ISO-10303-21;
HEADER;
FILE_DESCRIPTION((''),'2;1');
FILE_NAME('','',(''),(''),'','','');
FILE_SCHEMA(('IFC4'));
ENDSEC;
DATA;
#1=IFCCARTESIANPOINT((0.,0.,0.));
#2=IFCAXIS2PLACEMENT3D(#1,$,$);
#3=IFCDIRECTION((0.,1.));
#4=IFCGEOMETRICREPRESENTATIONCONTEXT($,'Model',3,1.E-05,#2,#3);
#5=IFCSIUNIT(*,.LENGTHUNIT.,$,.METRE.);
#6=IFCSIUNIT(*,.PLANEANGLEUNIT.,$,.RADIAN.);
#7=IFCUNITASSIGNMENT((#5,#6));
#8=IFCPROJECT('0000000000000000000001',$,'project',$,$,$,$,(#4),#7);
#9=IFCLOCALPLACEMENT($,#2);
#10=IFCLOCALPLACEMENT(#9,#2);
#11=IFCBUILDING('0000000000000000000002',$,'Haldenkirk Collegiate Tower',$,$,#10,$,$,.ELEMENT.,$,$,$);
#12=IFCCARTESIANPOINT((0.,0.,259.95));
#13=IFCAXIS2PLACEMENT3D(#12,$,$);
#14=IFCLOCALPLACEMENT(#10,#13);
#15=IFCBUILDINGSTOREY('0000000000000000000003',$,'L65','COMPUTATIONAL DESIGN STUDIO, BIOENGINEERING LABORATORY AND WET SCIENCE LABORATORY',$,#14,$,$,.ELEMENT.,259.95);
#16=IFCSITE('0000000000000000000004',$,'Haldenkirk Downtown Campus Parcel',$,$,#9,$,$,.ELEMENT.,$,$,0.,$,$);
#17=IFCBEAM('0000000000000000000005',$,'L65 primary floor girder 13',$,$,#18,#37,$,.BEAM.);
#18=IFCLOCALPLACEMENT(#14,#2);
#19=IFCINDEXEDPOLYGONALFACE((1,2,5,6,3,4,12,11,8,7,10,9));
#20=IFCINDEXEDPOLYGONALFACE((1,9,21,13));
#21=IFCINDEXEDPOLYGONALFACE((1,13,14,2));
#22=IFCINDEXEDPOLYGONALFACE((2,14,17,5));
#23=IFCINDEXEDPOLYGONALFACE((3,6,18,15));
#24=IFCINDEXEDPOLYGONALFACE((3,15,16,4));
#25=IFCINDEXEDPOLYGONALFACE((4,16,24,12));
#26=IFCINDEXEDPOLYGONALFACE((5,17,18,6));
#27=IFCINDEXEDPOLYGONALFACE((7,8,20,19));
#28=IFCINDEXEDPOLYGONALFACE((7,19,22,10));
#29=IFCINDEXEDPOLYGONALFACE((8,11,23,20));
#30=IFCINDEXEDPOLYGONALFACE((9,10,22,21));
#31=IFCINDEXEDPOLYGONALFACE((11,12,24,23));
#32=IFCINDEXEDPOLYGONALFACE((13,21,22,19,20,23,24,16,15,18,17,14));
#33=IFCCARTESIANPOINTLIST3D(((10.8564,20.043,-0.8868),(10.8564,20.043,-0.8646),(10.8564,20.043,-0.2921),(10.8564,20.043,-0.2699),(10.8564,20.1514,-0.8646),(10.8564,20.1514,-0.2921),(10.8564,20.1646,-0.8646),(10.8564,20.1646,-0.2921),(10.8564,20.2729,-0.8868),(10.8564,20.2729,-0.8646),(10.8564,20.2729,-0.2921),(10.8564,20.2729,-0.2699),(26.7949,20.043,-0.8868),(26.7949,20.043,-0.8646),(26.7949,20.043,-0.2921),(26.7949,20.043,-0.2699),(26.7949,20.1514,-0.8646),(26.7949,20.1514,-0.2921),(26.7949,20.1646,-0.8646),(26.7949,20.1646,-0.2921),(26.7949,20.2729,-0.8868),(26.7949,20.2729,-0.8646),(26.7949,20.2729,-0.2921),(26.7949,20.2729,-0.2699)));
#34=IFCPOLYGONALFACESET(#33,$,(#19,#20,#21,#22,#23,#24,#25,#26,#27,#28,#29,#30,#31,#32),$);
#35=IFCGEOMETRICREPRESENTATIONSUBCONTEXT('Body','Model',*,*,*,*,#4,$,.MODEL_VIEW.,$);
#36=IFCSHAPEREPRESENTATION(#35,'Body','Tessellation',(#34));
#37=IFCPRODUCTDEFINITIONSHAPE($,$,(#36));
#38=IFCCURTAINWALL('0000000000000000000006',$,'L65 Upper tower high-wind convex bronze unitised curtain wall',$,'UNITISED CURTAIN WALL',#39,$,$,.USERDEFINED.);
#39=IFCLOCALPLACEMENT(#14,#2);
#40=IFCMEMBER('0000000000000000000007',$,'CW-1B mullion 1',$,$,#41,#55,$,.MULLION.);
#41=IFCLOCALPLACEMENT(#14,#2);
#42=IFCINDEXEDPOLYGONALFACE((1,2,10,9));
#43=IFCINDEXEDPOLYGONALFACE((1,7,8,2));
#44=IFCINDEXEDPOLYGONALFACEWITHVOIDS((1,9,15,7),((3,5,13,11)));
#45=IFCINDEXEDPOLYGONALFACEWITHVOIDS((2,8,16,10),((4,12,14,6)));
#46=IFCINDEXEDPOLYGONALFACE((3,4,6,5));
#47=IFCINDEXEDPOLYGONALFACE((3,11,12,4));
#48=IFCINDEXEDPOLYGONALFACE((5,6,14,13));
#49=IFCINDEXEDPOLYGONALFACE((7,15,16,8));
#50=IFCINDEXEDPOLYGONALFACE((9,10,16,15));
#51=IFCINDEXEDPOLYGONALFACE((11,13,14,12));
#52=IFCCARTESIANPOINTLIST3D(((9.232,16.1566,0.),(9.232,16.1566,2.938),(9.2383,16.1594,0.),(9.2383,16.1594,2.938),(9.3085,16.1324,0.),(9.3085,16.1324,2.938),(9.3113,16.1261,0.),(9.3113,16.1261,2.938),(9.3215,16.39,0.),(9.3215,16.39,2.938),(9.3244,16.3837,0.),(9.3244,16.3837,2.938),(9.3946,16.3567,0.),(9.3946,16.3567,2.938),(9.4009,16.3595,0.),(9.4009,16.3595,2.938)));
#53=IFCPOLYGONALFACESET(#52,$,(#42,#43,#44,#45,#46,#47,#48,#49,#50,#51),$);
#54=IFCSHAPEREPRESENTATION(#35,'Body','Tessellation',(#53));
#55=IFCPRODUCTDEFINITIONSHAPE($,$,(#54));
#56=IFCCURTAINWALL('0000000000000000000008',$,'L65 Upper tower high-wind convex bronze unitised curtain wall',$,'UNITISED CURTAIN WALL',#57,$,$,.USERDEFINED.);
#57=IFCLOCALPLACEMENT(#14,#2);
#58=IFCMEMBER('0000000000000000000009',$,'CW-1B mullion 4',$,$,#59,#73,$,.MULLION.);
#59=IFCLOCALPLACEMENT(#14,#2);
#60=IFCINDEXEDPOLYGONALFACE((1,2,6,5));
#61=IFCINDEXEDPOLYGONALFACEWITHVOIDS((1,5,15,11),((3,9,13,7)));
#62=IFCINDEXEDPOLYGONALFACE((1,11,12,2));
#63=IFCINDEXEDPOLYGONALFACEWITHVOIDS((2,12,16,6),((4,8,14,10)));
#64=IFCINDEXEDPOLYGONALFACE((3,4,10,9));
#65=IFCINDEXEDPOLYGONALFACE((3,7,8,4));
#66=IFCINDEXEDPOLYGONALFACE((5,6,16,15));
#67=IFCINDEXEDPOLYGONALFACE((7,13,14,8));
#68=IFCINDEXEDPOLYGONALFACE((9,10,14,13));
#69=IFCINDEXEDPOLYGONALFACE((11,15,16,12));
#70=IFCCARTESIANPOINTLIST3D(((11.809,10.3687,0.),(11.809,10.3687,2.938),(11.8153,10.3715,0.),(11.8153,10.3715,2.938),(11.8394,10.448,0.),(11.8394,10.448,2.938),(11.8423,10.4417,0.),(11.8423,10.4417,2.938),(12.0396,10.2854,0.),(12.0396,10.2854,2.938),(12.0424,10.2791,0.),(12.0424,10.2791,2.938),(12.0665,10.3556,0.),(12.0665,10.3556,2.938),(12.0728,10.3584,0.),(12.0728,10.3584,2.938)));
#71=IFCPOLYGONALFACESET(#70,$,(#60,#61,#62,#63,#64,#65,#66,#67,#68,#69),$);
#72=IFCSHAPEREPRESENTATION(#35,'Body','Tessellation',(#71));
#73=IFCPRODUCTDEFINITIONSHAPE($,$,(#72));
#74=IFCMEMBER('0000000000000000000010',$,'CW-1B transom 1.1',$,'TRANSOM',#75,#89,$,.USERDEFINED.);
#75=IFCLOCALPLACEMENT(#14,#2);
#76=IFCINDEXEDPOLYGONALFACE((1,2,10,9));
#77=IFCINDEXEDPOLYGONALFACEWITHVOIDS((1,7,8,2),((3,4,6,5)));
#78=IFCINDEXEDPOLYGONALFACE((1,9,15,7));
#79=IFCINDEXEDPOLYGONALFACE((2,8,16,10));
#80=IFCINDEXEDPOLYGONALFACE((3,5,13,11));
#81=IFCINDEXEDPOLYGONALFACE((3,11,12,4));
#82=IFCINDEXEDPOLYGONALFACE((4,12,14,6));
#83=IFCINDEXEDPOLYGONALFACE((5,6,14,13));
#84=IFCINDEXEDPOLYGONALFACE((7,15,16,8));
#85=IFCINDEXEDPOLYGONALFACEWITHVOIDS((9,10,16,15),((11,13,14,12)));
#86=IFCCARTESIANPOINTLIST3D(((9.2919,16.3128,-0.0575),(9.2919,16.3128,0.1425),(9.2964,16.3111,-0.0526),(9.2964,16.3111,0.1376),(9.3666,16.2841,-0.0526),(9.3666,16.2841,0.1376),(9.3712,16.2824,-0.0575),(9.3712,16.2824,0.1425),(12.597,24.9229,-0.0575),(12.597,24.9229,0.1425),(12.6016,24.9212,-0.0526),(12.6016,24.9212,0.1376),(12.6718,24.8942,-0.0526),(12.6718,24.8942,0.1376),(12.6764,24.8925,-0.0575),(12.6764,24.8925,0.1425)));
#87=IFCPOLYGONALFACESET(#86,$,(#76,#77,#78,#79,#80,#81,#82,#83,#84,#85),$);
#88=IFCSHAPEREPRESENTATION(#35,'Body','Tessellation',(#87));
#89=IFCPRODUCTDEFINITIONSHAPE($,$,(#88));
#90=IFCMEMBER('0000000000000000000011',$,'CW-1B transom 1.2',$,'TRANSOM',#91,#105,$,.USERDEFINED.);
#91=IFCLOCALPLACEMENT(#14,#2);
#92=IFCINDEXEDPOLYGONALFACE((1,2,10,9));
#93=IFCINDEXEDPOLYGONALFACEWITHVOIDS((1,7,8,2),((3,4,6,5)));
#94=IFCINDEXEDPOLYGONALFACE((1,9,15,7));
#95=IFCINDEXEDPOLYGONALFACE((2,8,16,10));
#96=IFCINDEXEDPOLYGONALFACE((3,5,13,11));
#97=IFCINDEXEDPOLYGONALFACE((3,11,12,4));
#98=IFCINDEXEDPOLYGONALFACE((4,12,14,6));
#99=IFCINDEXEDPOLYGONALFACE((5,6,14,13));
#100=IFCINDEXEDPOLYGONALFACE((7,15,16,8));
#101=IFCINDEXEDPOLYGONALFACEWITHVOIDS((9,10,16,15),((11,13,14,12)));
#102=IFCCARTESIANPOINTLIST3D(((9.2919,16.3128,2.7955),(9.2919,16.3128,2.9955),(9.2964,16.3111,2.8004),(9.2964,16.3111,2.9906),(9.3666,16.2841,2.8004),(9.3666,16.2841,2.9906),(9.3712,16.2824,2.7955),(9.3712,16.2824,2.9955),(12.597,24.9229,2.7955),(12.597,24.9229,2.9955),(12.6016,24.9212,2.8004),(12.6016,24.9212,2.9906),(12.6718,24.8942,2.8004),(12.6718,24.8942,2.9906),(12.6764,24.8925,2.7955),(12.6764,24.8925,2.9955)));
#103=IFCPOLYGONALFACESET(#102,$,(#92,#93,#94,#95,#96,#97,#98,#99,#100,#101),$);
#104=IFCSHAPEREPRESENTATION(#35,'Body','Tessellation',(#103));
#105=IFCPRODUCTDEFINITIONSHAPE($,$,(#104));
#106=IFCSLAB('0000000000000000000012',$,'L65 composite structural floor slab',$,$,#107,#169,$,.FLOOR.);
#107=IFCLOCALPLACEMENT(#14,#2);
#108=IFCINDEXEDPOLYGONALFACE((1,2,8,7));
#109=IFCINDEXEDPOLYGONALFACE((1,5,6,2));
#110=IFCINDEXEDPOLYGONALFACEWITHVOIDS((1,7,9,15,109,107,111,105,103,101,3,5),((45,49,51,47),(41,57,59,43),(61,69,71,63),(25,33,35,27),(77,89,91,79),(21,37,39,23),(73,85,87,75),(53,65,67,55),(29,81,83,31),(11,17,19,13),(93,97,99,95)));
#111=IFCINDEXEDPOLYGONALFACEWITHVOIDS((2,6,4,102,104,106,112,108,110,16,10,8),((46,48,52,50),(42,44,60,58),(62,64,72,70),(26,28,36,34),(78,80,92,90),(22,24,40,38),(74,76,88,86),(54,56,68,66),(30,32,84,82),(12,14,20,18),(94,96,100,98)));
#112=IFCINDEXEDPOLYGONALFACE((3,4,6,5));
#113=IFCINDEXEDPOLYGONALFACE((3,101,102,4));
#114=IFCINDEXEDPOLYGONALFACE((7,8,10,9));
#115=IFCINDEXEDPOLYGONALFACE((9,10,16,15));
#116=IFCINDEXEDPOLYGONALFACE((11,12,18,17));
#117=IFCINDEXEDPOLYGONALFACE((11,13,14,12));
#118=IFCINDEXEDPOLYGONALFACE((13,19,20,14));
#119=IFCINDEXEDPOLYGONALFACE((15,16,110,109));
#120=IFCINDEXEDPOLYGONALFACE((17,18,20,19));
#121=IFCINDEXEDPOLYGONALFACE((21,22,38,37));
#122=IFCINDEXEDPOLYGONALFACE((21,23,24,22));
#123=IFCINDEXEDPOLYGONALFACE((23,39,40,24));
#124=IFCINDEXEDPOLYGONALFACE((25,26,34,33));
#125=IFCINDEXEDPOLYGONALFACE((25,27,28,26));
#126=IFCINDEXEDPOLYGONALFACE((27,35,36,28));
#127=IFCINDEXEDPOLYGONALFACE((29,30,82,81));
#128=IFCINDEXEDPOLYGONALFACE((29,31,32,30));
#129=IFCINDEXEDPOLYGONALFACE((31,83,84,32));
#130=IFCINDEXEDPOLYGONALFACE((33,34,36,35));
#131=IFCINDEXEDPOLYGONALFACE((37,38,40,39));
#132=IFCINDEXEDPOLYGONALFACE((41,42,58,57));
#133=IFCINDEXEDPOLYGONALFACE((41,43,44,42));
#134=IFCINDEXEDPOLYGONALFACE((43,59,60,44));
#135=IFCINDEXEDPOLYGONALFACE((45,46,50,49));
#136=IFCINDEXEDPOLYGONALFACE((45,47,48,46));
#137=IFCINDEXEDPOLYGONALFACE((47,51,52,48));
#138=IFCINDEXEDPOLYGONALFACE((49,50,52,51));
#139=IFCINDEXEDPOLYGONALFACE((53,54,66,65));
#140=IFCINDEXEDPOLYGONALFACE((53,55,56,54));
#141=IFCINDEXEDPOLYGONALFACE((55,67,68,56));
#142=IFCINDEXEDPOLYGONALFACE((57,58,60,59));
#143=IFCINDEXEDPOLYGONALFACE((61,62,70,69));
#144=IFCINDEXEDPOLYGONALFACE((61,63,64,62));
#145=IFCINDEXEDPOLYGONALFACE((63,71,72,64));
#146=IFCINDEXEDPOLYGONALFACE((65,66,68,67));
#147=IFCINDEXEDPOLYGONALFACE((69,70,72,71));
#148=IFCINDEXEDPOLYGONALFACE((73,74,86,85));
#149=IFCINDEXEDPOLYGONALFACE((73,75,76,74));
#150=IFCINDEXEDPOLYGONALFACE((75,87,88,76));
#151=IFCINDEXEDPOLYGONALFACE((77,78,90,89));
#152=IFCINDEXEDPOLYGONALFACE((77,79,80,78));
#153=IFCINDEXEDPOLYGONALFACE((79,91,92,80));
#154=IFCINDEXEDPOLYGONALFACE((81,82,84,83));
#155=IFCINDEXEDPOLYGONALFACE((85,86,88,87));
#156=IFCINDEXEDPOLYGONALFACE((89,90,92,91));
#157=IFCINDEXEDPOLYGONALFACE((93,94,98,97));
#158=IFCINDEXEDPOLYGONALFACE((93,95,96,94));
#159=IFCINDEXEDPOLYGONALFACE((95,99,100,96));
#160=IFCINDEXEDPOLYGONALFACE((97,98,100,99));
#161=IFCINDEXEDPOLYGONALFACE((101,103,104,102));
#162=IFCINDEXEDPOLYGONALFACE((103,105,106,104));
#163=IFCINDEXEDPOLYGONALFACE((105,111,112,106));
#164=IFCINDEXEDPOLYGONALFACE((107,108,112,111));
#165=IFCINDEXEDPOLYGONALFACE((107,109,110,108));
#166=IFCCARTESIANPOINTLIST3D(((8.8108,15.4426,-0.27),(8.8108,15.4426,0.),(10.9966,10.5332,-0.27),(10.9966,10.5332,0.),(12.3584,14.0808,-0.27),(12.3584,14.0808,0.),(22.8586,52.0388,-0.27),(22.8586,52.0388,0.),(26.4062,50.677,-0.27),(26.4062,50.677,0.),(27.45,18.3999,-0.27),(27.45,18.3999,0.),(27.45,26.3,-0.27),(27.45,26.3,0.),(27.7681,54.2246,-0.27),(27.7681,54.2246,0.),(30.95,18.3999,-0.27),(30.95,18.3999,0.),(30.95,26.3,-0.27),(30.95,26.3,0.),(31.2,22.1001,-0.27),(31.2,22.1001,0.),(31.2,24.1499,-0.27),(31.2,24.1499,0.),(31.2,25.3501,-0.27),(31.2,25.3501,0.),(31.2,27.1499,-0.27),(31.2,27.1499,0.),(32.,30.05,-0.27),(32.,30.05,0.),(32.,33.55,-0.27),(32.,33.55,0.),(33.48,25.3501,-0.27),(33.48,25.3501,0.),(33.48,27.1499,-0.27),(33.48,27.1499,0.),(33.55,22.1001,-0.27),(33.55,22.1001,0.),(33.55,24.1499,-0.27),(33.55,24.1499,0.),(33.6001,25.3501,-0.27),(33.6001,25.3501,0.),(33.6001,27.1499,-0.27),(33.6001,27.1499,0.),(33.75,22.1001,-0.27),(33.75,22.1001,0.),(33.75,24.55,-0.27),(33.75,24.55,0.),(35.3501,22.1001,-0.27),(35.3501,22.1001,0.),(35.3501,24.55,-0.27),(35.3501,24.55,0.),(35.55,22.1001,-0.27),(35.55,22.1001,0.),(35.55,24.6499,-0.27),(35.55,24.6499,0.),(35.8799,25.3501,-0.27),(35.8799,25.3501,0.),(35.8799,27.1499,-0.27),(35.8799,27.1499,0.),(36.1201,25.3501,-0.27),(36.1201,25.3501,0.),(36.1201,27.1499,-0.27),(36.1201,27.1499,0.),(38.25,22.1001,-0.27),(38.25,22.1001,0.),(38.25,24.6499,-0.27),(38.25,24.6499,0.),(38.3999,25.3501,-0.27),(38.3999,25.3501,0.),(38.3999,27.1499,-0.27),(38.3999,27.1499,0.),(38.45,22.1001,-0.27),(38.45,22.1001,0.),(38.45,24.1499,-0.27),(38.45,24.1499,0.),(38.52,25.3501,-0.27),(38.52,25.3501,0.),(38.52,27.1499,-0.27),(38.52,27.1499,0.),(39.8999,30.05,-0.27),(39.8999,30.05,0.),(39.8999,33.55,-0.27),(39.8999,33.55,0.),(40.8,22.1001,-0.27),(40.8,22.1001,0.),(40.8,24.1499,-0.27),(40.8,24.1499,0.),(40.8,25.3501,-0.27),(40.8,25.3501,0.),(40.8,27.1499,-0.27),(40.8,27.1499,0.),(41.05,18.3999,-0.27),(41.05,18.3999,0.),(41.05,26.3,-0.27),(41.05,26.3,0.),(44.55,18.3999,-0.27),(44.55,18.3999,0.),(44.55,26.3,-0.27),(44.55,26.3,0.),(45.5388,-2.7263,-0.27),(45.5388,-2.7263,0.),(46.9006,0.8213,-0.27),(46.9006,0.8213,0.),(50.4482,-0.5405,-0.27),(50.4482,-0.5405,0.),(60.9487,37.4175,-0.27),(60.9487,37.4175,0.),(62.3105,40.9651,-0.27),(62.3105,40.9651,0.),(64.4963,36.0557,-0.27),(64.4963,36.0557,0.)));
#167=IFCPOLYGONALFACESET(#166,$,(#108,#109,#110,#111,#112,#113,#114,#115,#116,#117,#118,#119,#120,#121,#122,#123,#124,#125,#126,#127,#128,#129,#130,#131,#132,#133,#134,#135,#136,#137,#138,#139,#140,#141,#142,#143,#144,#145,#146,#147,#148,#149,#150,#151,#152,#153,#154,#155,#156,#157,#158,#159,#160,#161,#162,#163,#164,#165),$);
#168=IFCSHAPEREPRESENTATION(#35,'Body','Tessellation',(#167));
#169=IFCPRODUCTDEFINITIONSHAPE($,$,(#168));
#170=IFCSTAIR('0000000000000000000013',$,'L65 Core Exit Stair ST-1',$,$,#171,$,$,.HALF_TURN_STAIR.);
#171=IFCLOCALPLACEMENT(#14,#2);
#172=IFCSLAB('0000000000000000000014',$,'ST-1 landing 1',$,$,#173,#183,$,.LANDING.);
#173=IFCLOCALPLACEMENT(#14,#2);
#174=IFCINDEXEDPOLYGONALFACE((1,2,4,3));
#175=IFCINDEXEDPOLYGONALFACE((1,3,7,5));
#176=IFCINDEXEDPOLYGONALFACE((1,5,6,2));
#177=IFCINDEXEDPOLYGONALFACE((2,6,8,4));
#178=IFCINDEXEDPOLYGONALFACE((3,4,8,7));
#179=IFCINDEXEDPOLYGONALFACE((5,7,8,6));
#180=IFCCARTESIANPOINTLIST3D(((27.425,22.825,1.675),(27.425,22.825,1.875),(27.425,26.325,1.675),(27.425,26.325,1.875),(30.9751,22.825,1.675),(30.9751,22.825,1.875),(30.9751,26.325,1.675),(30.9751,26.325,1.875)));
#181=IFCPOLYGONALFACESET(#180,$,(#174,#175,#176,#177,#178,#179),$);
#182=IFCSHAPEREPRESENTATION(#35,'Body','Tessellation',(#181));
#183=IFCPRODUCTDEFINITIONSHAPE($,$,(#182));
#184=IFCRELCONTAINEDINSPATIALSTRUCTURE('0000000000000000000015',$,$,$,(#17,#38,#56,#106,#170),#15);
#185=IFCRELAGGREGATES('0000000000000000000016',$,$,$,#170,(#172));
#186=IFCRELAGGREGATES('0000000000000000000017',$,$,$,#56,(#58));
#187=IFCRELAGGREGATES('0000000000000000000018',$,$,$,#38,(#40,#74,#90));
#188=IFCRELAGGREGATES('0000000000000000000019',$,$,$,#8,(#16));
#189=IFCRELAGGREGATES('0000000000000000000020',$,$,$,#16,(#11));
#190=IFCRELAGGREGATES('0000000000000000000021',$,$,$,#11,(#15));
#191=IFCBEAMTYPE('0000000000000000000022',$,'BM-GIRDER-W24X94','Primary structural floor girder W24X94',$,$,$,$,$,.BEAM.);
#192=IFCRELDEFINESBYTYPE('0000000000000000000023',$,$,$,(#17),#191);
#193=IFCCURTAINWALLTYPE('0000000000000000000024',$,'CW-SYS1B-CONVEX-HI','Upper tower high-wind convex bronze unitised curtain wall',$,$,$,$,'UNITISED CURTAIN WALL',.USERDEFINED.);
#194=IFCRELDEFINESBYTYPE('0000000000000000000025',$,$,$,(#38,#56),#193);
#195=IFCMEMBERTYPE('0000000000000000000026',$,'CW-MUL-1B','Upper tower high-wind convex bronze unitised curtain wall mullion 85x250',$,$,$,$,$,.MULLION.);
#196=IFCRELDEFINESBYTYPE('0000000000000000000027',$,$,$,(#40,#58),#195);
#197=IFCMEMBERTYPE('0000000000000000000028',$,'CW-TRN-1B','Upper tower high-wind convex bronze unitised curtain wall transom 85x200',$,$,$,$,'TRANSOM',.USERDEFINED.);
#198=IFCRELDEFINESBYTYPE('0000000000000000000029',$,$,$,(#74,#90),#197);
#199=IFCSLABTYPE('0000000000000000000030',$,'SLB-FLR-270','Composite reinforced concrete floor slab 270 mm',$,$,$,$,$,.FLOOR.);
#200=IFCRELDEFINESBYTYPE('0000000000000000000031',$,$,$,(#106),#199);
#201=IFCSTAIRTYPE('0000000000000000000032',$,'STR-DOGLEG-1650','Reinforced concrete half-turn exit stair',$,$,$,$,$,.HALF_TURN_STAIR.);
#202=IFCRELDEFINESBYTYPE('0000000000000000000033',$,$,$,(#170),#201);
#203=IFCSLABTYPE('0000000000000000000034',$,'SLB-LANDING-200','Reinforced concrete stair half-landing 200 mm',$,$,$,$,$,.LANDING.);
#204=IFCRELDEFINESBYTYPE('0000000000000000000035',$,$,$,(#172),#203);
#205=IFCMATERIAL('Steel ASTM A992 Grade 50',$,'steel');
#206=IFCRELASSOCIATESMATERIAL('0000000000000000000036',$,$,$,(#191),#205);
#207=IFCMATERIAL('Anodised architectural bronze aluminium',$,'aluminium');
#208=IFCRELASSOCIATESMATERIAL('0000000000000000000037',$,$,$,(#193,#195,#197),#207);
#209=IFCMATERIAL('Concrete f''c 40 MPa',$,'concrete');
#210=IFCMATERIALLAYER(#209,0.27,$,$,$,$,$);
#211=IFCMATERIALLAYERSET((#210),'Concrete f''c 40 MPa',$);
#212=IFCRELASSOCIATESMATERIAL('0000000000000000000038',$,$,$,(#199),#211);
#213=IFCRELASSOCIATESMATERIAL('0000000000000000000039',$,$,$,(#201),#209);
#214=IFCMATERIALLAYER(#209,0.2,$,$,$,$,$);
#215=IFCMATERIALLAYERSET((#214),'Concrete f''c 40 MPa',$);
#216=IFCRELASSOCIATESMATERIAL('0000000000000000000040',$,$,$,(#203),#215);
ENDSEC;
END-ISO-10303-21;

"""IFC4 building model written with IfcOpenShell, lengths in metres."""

from ifc_helpers import new_model, si_unit, direction, frame, origin, origin_2d, place, context, subcontext, project, spatial, polyline, hollow_rectangle, i_section, outline, extrude, material, layer, layer_set, material_profile, profile_set, type_object, element, aggregate, save


model = new_model("IFC4")

# Units and contexts
model_context = context("Model", 3, precision=1e-05, world=origin(), true_north=direction((0.0, 1.0)))
body_context = subcontext(model_context, "Body", "Model", "MODEL_VIEW")
ifc_project = project(units=[si_unit("LENGTHUNIT", "METRE"), si_unit("PLANEANGLEUNIT", "RADIAN")], contexts=[model_context])

# Site, building, storey
site_placement = place(None, origin())
site = spatial("IfcSite", under=ifc_project, at=site_placement, Name="Haldenkirk Downtown Campus Parcel", CompositionType="ELEMENT", RefElevation=0.0)
building_placement = place(site_placement, origin())
building = spatial("IfcBuilding", under=site, at=building_placement, Name="Haldenkirk Collegiate Tower", CompositionType="ELEMENT")
storey_placement = place(building_placement, frame((0.0, 0.0, 259.95)))
storey = spatial("IfcBuildingStorey", under=building, at=storey_placement, Name="L65", Description="COMPUTATIONAL DESIGN STUDIO, BIOENGINEERING LABORATORY AND WET SCIENCE LABORATORY", CompositionType="ELEMENT", Elevation=259.95)

# Beam
ifc_material_1 = material(Name="Steel ASTM A992 Grade 50", Category="steel")
ifc_material_profile_1 = material_profile(ifc_material_1, i_section(OverallWidth=0.23, OverallDepth=0.6169, WebThickness=0.0132, FlangeThickness=0.0222, at=origin_2d()), Name="W24X94")
ifc_profile_set_1 = profile_set([ifc_material_profile_1], Name="Steel ASTM A992 Grade 50")
beam_type = type_object("IfcBeamType", Name="BM-GIRDER-W24X94", Description="Primary structural floor girder W24X94", PredefinedType="BEAM", material=ifc_profile_set_1)
beam_placement = place(storey_placement, frame((10.8564, 20.158, -0.5784), z_axis=(1.0, 0.0, 0.0), x_axis=(0.0, 1.0, 0.0)))
element("IfcBeam", 1, at=beam_placement, inside=storey, type_object=beam_type, Name="L65 primary floor girder 13", PredefinedType="BEAM", context=body_context, shape_type="SweptSolid", body=[
    extrude(i_section(OverallWidth=0.23, OverallDepth=0.6169, WebThickness=0.0132, FlangeThickness=0.0222, at=origin_2d()), origin(), (0.0, 0.0, 1.0), 15.9385),
])

# Curtain walls, members
ifc_material_2 = material(Name="Anodised architectural bronze aluminium", Category="aluminium")
curtain_wall_type = type_object("IfcCurtainWallType", Name="CW-SYS1B-CONVEX-HI", Description="Upper tower high-wind convex bronze unitised curtain wall", ElementType="UNITISED CURTAIN WALL", PredefinedType="USERDEFINED", material=ifc_material_2)
curtain_wall_1_placement = place(storey_placement, origin())
curtain_wall_1 = element("IfcCurtainWall", 2, at=curtain_wall_1_placement, inside=storey, type_object=curtain_wall_type, Name="L65 Upper tower high-wind convex bronze unitised curtain wall", ObjectType="UNITISED CURTAIN WALL", PredefinedType="USERDEFINED")
ifc_material_profile_2 = material_profile(ifc_material_2, hollow_rectangle(XDim=0.085, YDim=0.25, WallThickness=0.0049, at=origin_2d()), Name="CW-MUL-1B")
ifc_profile_set_2 = profile_set([ifc_material_profile_2], Name="Anodised architectural bronze aluminium")
member_type_1 = type_object("IfcMemberType", Name="CW-MUL-1B", Description="Upper tower high-wind convex bronze unitised curtain wall mullion 85x250", PredefinedType="MULLION", material=ifc_profile_set_2)
member_1_placement = place(storey_placement, frame((9.3164, 16.2581, 0.0), z_axis=(0.0, 0.0, 1.0), x_axis=(-0.93358, 0.358369, 0.0)))
member_1 = element("IfcMember", 3, at=member_1_placement, type_object=member_type_1, Name="CW-1B mullion 1", PredefinedType="MULLION", context=body_context, shape_type="SweptSolid", body=[
    extrude(hollow_rectangle(XDim=0.085, YDim=0.25, WallThickness=0.0049, at=origin_2d()), origin(), (0.0, 0.0, 1.0), 2.938),
])
curtain_wall_2_placement = place(storey_placement, origin())
curtain_wall_2 = element("IfcCurtainWall", 4, at=curtain_wall_2_placement, inside=storey, type_object=curtain_wall_type, Name="L65 Upper tower high-wind convex bronze unitised curtain wall", ObjectType="UNITISED CURTAIN WALL", PredefinedType="USERDEFINED")
member_2_placement = place(storey_placement, frame((11.9409, 10.3635, 0.0), z_axis=(0.0, 0.0, 1.0), x_axis=(-0.358369, -0.93358, 0.0)))
member_2 = element("IfcMember", 5, at=member_2_placement, type_object=member_type_1, Name="CW-1B mullion 4", PredefinedType="MULLION", context=body_context, shape_type="SweptSolid", body=[
    extrude(hollow_rectangle(XDim=0.085, YDim=0.25, WallThickness=0.0049, at=origin_2d()), origin(), (0.0, 0.0, 1.0), 2.938),
])

# Members
ifc_material_profile_3 = material_profile(ifc_material_2, hollow_rectangle(XDim=0.085, YDim=0.2, WallThickness=0.0049, at=origin_2d()), Name="CW-TRN-1B")
ifc_profile_set_3 = profile_set([ifc_material_profile_3], Name="Anodised architectural bronze aluminium")
member_type_2 = type_object("IfcMemberType", Name="CW-TRN-1B", Description="Upper tower high-wind convex bronze unitised curtain wall transom 85x200", ElementType="TRANSOM", PredefinedType="USERDEFINED", material=ifc_profile_set_3)
member_3_placement = place(storey_placement, frame((9.3315, 16.2976, 0.0425), z_axis=(0.358374, 0.933578, 0.0), x_axis=(-0.933578, 0.358374, 0.0)))
member_3 = element("IfcMember", 6, at=member_3_placement, type_object=member_type_2, Name="CW-1B transom 1.1", ObjectType="TRANSOM", PredefinedType="USERDEFINED", context=body_context, shape_type="SweptSolid", body=[
    extrude(hollow_rectangle(XDim=0.085, YDim=0.2, WallThickness=0.0049, at=origin_2d()), origin(), (0.0, 0.0, 1.0), 9.2227),
])
member_4_placement = place(storey_placement, frame((9.3315, 16.2976, 2.8955), z_axis=(0.358374, 0.933578, 0.0), x_axis=(-0.933578, 0.358374, 0.0)))
member_4 = element("IfcMember", 7, at=member_4_placement, type_object=member_type_2, Name="CW-1B transom 1.2", ObjectType="TRANSOM", PredefinedType="USERDEFINED", context=body_context, shape_type="SweptSolid", body=[
    extrude(hollow_rectangle(XDim=0.085, YDim=0.2, WallThickness=0.0049, at=origin_2d()), origin(), (0.0, 0.0, 1.0), 9.2227),
])

# Slab
ifc_material_3 = material(Name="Concrete f'c 40 MPa", Category="concrete")
ifc_layer_1 = layer(ifc_material_3, 0.27)
ifc_layer_set_1 = layer_set([ifc_layer_1], Name="Concrete f'c 40 MPa")
slab_type_1 = type_object("IfcSlabType", Name="SLB-FLR-270", Description="Composite reinforced concrete floor slab 270 mm", PredefinedType="FLOOR", material=ifc_layer_set_1)
slab_1_placement = place(storey_placement, frame((0.0, 0.0, -0.27)))
element("IfcSlab", 8, at=slab_1_placement, inside=storey, type_object=slab_type_1, Name="L65 composite structural floor slab", PredefinedType="FLOOR", context=body_context, shape_type="SweptSolid", body=[
    extrude(outline(polyline([(50.4482, -0.5405), (64.4963, 36.0557), (60.9487, 37.4175), (62.3105, 40.9651), (27.7681, 54.2246), (26.4062, 50.677), (22.8586, 52.0388), (8.8108, 15.4426), (12.3584, 14.0808), (10.9966, 10.5332), (45.5388, -2.7263), (46.9006, 0.8213), (50.4482, -0.5405)]), holes=[polyline([(27.45, 18.3999), (30.95, 18.3999), (30.95, 26.3), (27.45, 26.3), (27.45, 18.3999)]), polyline([(41.05, 18.3999), (44.55, 18.3999), (44.55, 26.3), (41.05, 26.3), (41.05, 18.3999)]), polyline([(32.0, 30.05), (39.8999, 30.05), (39.8999, 33.55), (32.0, 33.55), (32.0, 30.05)]), polyline([(33.75, 22.1001), (35.3501, 22.1001), (35.3501, 24.55), (33.75, 24.55), (33.75, 22.1001)]), polyline([(31.2, 25.3501), (33.48, 25.3501), (33.48, 27.1499), (31.2, 27.1499), (31.2, 25.3501)]), polyline([(33.6001, 25.3501), (35.8799, 25.3501), (35.8799, 27.1499), (33.6001, 27.1499), (33.6001, 25.3501)]), polyline([(36.1201, 25.3501), (38.3999, 25.3501), (38.3999, 27.1499), (36.1201, 27.1499), (36.1201, 25.3501)]), polyline([(38.52, 25.3501), (40.8, 25.3501), (40.8, 27.1499), (38.52, 27.1499), (38.52, 25.3501)]), polyline([(31.2, 22.1001), (33.55, 22.1001), (33.55, 24.1499), (31.2, 24.1499), (31.2, 22.1001)]), polyline([(38.45, 22.1001), (40.8, 22.1001), (40.8, 24.1499), (38.45, 24.1499), (38.45, 22.1001)]), polyline([(35.55, 22.1001), (38.25, 22.1001), (38.25, 24.6499), (35.55, 24.6499), (35.55, 22.1001)])]), origin(), (0.0, 0.0, 1.0), 0.27),
])

# Stair, slab
stair_type = type_object("IfcStairType", Name="STR-DOGLEG-1650", Description="Reinforced concrete half-turn exit stair", PredefinedType="HALF_TURN_STAIR", material=ifc_material_3)
stair_1_placement = place(storey_placement, origin())
stair_1 = element("IfcStair", 9, at=stair_1_placement, inside=storey, type_object=stair_type, Name="L65 Core Exit Stair ST-1", PredefinedType="HALF_TURN_STAIR")
ifc_layer_2 = layer(ifc_material_3, 0.2)
ifc_layer_set_2 = layer_set([ifc_layer_2], Name="Concrete f'c 40 MPa")
slab_type_2 = type_object("IfcSlabType", Name="SLB-LANDING-200", Description="Reinforced concrete stair half-landing 200 mm", PredefinedType="LANDING", material=ifc_layer_set_2)
slab_2_placement = place(storey_placement, frame((0.0, 0.0, 1.675)))
slab_2 = element("IfcSlab", 10, at=slab_2_placement, type_object=slab_type_2, Name="ST-1 landing 1", PredefinedType="LANDING", context=body_context, shape_type="SweptSolid", body=[
    extrude(outline(polyline([(30.9751, 22.825), (27.425, 22.825), (27.425, 26.325), (30.9751, 26.325), (30.9751, 22.825)])), origin(), (0.0, 0.0, 1.0), 0.2),
])
aggregate(stair_1, [slab_2])

aggregate(curtain_wall_2, [member_2])
aggregate(curtain_wall_1, [member_1, member_3, member_4])

save(model, "model.ifc")
